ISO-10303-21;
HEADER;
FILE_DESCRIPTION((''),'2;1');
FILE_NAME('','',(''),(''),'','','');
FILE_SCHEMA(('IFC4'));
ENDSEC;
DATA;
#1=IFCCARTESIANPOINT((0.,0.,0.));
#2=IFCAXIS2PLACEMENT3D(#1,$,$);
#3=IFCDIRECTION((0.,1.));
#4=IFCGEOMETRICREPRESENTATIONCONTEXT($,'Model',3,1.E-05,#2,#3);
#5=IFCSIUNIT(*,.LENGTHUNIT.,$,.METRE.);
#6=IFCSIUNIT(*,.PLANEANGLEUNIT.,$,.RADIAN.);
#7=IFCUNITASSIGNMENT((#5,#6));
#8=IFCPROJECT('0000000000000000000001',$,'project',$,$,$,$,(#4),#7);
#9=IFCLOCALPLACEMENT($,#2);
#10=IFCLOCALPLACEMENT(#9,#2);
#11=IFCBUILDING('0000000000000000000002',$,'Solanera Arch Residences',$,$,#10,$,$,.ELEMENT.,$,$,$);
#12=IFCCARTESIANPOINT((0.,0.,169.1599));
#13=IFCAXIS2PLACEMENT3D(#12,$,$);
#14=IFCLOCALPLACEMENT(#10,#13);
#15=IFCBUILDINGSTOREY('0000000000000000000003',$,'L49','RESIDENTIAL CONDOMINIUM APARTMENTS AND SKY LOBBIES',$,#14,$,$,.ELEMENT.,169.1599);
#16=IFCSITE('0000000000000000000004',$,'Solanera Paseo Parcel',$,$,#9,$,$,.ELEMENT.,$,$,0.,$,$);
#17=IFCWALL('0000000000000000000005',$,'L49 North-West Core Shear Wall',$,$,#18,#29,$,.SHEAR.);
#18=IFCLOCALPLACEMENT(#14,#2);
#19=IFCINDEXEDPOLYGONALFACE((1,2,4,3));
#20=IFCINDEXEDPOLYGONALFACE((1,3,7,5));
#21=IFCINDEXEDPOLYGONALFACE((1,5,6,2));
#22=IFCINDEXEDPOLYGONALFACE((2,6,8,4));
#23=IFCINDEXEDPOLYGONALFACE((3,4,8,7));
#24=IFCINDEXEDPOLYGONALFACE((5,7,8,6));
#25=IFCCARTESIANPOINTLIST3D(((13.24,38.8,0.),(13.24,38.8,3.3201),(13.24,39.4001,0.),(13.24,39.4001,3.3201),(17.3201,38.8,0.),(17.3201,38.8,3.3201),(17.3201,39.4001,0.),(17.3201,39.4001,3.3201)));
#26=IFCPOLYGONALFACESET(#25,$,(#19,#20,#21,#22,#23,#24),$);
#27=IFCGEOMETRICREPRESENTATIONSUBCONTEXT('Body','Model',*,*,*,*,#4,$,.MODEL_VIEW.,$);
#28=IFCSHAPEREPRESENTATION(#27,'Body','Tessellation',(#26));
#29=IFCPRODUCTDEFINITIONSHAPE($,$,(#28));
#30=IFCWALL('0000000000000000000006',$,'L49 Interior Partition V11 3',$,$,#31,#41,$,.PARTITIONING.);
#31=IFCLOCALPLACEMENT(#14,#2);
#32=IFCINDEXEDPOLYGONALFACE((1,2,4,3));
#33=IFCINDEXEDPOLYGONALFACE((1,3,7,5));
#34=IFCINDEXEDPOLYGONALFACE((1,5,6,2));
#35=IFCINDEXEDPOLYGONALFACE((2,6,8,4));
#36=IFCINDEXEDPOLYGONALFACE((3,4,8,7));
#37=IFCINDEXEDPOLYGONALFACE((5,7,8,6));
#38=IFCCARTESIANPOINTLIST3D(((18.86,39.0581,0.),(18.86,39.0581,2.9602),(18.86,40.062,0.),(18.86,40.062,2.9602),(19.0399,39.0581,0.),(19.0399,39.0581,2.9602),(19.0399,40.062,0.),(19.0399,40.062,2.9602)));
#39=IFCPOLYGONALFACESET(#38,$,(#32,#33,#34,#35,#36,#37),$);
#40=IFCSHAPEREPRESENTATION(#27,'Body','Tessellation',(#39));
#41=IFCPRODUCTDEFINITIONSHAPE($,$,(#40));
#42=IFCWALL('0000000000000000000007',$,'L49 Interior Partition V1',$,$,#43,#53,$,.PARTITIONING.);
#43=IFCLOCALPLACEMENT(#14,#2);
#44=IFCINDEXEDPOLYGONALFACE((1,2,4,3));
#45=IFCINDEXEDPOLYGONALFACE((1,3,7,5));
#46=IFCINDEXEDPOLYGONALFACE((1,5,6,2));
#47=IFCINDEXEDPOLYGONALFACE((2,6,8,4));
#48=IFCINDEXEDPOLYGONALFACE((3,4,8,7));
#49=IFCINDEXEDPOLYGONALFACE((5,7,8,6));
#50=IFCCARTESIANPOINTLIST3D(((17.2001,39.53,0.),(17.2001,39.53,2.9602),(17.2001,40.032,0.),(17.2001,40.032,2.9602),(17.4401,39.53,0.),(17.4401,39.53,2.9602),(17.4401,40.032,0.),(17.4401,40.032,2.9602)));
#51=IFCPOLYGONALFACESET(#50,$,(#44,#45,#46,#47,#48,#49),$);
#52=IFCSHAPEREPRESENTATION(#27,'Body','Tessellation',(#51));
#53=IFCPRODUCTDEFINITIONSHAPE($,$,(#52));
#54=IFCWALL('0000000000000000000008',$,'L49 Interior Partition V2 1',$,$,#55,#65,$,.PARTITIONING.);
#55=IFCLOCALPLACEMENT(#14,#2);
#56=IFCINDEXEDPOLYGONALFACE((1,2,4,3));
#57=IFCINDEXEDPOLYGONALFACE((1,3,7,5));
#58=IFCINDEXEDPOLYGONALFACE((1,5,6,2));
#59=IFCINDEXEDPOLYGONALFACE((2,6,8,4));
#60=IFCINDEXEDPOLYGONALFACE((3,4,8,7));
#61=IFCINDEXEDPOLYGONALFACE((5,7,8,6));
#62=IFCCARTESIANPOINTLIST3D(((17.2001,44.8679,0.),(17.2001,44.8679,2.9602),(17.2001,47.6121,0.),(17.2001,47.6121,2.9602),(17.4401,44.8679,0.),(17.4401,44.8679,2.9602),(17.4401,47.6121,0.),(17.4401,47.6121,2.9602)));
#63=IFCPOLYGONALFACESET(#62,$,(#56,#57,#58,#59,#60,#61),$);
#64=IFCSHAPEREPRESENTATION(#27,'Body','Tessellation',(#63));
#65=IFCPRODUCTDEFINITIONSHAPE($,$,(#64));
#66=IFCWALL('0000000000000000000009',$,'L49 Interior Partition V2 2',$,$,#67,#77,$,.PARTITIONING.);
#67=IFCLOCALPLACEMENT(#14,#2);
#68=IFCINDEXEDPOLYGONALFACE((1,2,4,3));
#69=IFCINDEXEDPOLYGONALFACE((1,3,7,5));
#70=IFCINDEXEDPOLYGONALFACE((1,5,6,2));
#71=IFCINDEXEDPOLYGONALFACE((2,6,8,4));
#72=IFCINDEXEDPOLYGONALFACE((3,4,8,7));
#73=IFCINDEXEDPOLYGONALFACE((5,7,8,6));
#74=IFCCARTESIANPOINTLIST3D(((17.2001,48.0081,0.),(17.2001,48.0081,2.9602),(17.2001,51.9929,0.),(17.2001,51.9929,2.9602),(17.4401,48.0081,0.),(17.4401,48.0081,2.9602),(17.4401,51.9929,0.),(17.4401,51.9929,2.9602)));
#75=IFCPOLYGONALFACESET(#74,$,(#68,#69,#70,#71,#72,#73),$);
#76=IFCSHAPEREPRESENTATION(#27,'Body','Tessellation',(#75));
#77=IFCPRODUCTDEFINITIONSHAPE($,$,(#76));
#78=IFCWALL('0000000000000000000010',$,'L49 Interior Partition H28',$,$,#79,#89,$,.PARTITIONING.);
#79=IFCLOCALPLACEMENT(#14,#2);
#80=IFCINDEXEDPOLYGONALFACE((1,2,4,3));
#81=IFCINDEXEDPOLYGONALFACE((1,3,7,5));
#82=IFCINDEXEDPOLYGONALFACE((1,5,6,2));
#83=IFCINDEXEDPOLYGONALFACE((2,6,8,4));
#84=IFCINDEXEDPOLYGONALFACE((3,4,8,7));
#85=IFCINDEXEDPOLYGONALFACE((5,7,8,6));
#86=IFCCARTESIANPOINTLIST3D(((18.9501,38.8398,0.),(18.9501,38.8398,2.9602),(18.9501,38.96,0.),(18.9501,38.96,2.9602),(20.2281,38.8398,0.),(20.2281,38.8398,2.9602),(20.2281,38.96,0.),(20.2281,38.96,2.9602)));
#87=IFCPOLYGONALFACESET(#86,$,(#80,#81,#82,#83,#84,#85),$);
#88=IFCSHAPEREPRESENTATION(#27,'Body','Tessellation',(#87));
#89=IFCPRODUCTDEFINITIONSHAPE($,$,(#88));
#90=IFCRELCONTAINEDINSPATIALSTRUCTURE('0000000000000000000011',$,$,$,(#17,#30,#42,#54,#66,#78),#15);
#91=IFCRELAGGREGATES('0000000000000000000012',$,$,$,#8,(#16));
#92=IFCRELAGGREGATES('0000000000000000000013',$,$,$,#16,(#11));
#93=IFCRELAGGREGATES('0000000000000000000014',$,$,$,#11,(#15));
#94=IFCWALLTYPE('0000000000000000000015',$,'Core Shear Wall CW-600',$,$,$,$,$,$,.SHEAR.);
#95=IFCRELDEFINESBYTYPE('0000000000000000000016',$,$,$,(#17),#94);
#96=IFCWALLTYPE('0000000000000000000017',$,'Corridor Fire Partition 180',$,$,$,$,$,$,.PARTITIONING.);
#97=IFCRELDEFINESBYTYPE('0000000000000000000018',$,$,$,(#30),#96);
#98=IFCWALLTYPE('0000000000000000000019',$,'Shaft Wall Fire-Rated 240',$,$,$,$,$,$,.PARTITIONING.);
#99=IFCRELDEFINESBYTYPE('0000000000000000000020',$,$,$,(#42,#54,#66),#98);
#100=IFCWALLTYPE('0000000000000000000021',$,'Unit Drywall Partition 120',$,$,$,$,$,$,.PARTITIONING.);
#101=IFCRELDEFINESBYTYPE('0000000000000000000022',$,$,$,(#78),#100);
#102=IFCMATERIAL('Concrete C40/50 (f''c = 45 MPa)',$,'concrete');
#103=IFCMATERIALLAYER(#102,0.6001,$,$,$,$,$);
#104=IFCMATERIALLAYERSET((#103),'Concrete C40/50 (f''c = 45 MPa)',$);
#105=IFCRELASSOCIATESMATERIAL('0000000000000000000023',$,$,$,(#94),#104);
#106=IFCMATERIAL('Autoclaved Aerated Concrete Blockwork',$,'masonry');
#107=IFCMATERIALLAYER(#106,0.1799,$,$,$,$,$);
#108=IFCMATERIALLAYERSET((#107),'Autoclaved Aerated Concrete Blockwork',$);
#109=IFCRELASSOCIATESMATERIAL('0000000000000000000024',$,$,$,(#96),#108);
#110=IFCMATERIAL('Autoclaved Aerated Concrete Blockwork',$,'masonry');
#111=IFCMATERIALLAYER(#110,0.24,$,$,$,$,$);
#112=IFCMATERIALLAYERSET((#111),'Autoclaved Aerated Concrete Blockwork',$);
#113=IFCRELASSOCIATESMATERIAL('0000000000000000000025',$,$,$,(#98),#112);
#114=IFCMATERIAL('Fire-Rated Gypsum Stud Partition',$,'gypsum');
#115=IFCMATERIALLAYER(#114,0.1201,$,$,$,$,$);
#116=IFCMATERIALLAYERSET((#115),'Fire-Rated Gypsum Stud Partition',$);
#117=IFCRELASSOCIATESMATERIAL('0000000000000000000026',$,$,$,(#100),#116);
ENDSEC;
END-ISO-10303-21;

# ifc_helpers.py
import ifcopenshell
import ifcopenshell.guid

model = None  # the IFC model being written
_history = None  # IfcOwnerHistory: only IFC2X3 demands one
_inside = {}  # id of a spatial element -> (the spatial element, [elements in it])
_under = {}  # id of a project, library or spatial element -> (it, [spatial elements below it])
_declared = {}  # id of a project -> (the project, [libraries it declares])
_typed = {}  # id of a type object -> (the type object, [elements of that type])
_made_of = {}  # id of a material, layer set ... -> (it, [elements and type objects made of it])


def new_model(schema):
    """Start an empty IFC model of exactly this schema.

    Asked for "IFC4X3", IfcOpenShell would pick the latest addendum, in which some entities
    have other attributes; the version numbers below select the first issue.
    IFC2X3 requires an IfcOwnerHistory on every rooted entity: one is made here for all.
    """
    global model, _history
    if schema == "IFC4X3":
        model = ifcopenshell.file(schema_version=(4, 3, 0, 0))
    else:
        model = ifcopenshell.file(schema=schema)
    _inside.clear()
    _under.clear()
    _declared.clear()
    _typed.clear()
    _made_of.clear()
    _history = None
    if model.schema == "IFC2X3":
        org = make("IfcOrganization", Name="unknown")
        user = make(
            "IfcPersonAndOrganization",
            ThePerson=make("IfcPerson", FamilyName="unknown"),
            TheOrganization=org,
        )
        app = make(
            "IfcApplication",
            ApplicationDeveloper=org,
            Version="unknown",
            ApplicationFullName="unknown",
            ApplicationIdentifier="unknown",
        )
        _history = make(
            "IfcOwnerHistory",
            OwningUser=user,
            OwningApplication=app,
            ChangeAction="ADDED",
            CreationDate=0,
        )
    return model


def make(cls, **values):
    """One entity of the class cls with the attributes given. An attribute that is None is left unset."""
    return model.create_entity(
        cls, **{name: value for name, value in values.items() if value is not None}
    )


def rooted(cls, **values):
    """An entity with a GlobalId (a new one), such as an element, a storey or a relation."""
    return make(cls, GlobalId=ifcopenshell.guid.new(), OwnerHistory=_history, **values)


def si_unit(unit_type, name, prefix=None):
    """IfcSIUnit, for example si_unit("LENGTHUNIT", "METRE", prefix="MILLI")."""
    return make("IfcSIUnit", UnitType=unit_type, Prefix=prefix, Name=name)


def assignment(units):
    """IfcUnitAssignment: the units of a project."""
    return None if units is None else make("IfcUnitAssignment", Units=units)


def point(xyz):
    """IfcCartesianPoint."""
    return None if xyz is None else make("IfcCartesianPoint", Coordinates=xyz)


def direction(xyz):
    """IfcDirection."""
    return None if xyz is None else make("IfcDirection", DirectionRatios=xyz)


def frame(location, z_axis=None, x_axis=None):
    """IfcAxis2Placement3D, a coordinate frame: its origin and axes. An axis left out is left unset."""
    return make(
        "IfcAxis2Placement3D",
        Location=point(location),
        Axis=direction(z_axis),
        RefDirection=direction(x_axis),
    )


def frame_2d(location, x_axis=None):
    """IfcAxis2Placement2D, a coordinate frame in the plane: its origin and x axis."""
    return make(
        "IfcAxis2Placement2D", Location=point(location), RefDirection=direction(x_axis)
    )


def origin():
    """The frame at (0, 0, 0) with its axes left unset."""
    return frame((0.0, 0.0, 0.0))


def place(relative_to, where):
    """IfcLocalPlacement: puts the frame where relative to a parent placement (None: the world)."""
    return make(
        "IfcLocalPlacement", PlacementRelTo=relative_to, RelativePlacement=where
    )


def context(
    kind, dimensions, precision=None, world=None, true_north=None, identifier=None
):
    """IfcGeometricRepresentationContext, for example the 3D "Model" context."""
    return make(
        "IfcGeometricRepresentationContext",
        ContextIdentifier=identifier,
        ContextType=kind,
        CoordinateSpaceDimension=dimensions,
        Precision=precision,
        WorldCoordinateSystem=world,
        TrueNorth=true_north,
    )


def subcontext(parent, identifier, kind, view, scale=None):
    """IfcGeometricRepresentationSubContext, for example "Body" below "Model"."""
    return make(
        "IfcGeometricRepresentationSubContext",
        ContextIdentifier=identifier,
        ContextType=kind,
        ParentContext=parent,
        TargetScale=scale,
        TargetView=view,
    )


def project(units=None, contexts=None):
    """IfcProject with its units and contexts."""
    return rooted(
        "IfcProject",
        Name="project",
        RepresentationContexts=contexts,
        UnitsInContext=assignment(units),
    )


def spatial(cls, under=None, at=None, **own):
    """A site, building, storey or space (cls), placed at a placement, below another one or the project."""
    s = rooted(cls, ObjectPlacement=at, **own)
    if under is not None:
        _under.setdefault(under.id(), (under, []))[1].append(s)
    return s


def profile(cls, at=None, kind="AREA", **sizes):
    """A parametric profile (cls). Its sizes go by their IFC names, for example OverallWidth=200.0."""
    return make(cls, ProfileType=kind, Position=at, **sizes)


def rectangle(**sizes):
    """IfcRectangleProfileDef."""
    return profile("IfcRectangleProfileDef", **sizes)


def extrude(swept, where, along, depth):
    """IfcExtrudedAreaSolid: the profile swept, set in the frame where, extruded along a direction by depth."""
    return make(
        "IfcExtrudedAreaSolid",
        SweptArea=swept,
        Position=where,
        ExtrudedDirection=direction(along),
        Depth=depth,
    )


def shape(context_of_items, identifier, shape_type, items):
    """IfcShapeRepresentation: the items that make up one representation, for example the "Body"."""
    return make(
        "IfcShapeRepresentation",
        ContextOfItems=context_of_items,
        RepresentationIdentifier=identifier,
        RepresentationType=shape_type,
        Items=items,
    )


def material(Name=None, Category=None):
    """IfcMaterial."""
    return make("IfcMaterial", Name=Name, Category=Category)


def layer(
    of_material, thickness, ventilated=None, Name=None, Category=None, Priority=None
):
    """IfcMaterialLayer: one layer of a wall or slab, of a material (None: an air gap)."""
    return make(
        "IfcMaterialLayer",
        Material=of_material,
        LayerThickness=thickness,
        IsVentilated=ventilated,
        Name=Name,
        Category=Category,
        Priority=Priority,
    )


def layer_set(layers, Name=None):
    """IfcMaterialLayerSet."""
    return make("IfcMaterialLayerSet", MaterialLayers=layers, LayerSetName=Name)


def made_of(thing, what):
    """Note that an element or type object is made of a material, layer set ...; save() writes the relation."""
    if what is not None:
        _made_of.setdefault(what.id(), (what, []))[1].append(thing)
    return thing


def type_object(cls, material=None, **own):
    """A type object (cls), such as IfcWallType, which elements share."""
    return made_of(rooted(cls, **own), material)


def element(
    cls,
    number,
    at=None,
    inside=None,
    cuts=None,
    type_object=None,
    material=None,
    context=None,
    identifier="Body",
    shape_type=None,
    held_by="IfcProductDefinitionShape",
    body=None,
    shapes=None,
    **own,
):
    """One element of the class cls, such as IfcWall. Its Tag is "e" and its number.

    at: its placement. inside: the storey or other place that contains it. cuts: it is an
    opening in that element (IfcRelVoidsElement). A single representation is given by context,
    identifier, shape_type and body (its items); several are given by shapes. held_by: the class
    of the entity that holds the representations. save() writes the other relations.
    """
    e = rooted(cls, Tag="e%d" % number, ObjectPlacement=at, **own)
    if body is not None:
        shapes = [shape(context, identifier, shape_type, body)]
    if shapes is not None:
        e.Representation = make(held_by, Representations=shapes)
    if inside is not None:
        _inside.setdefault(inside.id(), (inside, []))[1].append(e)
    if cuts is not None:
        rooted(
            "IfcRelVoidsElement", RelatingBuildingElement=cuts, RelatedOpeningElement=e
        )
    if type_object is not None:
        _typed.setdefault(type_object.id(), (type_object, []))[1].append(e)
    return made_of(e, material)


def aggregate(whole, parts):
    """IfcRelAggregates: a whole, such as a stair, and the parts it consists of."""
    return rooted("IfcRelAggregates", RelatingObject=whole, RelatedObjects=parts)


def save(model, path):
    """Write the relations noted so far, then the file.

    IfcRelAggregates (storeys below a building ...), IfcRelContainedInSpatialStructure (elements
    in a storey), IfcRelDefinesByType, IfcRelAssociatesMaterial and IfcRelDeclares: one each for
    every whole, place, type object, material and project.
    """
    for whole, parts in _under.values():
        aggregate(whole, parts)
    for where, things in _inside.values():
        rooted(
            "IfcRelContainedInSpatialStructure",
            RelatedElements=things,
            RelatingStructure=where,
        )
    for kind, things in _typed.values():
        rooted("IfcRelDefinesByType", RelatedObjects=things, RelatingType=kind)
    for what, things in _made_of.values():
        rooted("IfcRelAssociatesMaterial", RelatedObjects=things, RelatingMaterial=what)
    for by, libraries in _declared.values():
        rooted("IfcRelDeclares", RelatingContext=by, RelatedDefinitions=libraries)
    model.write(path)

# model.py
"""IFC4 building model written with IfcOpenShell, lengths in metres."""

from ifc_helpers import new_model, si_unit, direction, frame, frame_2d, origin, place, context, subcontext, project, spatial, rectangle, extrude, material, layer, layer_set, type_object, element, save


model = new_model("IFC4")

# Units and contexts
model_context = context("Model", 3, precision=1e-05, world=origin(), true_north=direction((0.0, 1.0)))
body_context = subcontext(model_context, "Body", "Model", "MODEL_VIEW")
ifc_project = project(units=[si_unit("LENGTHUNIT", "METRE"), si_unit("PLANEANGLEUNIT", "RADIAN")], contexts=[model_context])

# Site, building, storey
site_placement = place(None, origin())
site = spatial("IfcSite", under=ifc_project, at=site_placement, Name="Solanera Paseo Parcel", CompositionType="ELEMENT", RefElevation=0.0)
building_placement = place(site_placement, origin())
building = spatial("IfcBuilding", under=site, at=building_placement, Name="Solanera Arch Residences", CompositionType="ELEMENT")
storey_placement = place(building_placement, frame((0.0, 0.0, 169.1599)))
storey = spatial("IfcBuildingStorey", under=building, at=storey_placement, Name="L49", Description="RESIDENTIAL CONDOMINIUM APARTMENTS AND SKY LOBBIES", CompositionType="ELEMENT", Elevation=169.1599)

# Walls
ifc_material_1 = material(Name="Concrete C40/50 (f'c = 45 MPa)", Category="concrete")
ifc_layer_1 = layer(ifc_material_1, 0.6001)
ifc_layer_set_1 = layer_set([ifc_layer_1], Name="Concrete C40/50 (f'c = 45 MPa)")
wall_type_1 = type_object("IfcWallType", Name="Core Shear Wall CW-600", PredefinedType="SHEAR", material=ifc_layer_set_1)
wall_1_placement = place(storey_placement, frame((13.24, 39.1001, 0.0), z_axis=(0.0, 0.0, 1.0), x_axis=(1.0, 0.0, 0.0)))
element("IfcWall", 1, at=wall_1_placement, inside=storey, type_object=wall_type_1, Name="L49 North-West Core Shear Wall", PredefinedType="SHEAR", context=body_context, shape_type="SweptSolid", body=[
    extrude(rectangle(XDim=4.0801, YDim=0.6001, at=frame_2d((2.04, 0.0))), origin(), (0.0, 0.0, 1.0), 3.3201),
])
ifc_material_2 = material(Name="Autoclaved Aerated Concrete Blockwork", Category="masonry")
ifc_layer_2 = layer(ifc_material_2, 0.1799)
ifc_layer_set_2 = layer_set([ifc_layer_2], Name="Autoclaved Aerated Concrete Blockwork")
wall_type_2 = type_object("IfcWallType", Name="Corridor Fire Partition 180", PredefinedType="PARTITIONING", material=ifc_layer_set_2)
wall_2_placement = place(storey_placement, frame((18.95, 39.0581, 0.0), z_axis=(0.0, 0.0, 1.0), x_axis=(0.0, 1.0, 0.0)))
element("IfcWall", 2, at=wall_2_placement, inside=storey, type_object=wall_type_2, Name="L49 Interior Partition V11 3", PredefinedType="PARTITIONING", context=body_context, shape_type="SweptSolid", body=[
    extrude(rectangle(XDim=1.0039, YDim=0.1799, at=frame_2d((0.502, 0.0))), origin(), (0.0, 0.0, 1.0), 2.9602),
])
ifc_material_3 = material(Name="Autoclaved Aerated Concrete Blockwork", Category="masonry")
ifc_layer_3 = layer(ifc_material_3, 0.24)
ifc_layer_set_3 = layer_set([ifc_layer_3], Name="Autoclaved Aerated Concrete Blockwork")
wall_type_3 = type_object("IfcWallType", Name="Shaft Wall Fire-Rated 240", PredefinedType="PARTITIONING", material=ifc_layer_set_3)
wall_3_placement = place(storey_placement, frame((17.3201, 39.53, 0.0), z_axis=(0.0, 0.0, 1.0), x_axis=(0.0, 1.0, 0.0)))
element("IfcWall", 3, at=wall_3_placement, inside=storey, type_object=wall_type_3, Name="L49 Interior Partition V1", PredefinedType="PARTITIONING", context=body_context, shape_type="SweptSolid", body=[
    extrude(rectangle(XDim=0.502, YDim=0.24, at=frame_2d((0.251, 0.0))), origin(), (0.0, 0.0, 1.0), 2.9602),
])
wall_4_placement = place(storey_placement, frame((17.3201, 44.8679, 0.0), z_axis=(0.0, 0.0, 1.0), x_axis=(0.0, 1.0, 0.0)))
element("IfcWall", 4, at=wall_4_placement, inside=storey, type_object=wall_type_3, Name="L49 Interior Partition V2 1", PredefinedType="PARTITIONING", context=body_context, shape_type="SweptSolid", body=[
    extrude(rectangle(XDim=2.7441, YDim=0.24, at=frame_2d((1.3721, 0.0))), origin(), (0.0, 0.0, 1.0), 2.9602),
])
wall_5_placement = place(storey_placement, frame((17.3201, 48.0081, 0.0), z_axis=(0.0, 0.0, 1.0), x_axis=(0.0, 1.0, 0.0)))
element("IfcWall", 5, at=wall_5_placement, inside=storey, type_object=wall_type_3, Name="L49 Interior Partition V2 2", PredefinedType="PARTITIONING", context=body_context, shape_type="SweptSolid", body=[
    extrude(rectangle(XDim=3.9849, YDim=0.24, at=frame_2d((1.9924, 0.0))), origin(), (0.0, 0.0, 1.0), 2.9602),
])
ifc_material_4 = material(Name="Fire-Rated Gypsum Stud Partition", Category="gypsum")
ifc_layer_4 = layer(ifc_material_4, 0.1201)
ifc_layer_set_4 = layer_set([ifc_layer_4], Name="Fire-Rated Gypsum Stud Partition")
wall_type_4 = type_object("IfcWallType", Name="Unit Drywall Partition 120", PredefinedType="PARTITIONING", material=ifc_layer_set_4)
wall_6_placement = place(storey_placement, frame((18.95, 38.8999, 0.0), z_axis=(0.0, 0.0, 1.0), x_axis=(1.0, 0.0, 0.0)))
element("IfcWall", 6, at=wall_6_placement, inside=storey, type_object=wall_type_4, Name="L49 Interior Partition H28", PredefinedType="PARTITIONING", context=body_context, shape_type="SweptSolid", body=[
    extrude(rectangle(XDim=1.2781, YDim=0.1201, at=frame_2d((0.6392, 0.0))), origin(), (0.0, 0.0, 1.0), 2.9602),
])

save(model, "model.ifc")
